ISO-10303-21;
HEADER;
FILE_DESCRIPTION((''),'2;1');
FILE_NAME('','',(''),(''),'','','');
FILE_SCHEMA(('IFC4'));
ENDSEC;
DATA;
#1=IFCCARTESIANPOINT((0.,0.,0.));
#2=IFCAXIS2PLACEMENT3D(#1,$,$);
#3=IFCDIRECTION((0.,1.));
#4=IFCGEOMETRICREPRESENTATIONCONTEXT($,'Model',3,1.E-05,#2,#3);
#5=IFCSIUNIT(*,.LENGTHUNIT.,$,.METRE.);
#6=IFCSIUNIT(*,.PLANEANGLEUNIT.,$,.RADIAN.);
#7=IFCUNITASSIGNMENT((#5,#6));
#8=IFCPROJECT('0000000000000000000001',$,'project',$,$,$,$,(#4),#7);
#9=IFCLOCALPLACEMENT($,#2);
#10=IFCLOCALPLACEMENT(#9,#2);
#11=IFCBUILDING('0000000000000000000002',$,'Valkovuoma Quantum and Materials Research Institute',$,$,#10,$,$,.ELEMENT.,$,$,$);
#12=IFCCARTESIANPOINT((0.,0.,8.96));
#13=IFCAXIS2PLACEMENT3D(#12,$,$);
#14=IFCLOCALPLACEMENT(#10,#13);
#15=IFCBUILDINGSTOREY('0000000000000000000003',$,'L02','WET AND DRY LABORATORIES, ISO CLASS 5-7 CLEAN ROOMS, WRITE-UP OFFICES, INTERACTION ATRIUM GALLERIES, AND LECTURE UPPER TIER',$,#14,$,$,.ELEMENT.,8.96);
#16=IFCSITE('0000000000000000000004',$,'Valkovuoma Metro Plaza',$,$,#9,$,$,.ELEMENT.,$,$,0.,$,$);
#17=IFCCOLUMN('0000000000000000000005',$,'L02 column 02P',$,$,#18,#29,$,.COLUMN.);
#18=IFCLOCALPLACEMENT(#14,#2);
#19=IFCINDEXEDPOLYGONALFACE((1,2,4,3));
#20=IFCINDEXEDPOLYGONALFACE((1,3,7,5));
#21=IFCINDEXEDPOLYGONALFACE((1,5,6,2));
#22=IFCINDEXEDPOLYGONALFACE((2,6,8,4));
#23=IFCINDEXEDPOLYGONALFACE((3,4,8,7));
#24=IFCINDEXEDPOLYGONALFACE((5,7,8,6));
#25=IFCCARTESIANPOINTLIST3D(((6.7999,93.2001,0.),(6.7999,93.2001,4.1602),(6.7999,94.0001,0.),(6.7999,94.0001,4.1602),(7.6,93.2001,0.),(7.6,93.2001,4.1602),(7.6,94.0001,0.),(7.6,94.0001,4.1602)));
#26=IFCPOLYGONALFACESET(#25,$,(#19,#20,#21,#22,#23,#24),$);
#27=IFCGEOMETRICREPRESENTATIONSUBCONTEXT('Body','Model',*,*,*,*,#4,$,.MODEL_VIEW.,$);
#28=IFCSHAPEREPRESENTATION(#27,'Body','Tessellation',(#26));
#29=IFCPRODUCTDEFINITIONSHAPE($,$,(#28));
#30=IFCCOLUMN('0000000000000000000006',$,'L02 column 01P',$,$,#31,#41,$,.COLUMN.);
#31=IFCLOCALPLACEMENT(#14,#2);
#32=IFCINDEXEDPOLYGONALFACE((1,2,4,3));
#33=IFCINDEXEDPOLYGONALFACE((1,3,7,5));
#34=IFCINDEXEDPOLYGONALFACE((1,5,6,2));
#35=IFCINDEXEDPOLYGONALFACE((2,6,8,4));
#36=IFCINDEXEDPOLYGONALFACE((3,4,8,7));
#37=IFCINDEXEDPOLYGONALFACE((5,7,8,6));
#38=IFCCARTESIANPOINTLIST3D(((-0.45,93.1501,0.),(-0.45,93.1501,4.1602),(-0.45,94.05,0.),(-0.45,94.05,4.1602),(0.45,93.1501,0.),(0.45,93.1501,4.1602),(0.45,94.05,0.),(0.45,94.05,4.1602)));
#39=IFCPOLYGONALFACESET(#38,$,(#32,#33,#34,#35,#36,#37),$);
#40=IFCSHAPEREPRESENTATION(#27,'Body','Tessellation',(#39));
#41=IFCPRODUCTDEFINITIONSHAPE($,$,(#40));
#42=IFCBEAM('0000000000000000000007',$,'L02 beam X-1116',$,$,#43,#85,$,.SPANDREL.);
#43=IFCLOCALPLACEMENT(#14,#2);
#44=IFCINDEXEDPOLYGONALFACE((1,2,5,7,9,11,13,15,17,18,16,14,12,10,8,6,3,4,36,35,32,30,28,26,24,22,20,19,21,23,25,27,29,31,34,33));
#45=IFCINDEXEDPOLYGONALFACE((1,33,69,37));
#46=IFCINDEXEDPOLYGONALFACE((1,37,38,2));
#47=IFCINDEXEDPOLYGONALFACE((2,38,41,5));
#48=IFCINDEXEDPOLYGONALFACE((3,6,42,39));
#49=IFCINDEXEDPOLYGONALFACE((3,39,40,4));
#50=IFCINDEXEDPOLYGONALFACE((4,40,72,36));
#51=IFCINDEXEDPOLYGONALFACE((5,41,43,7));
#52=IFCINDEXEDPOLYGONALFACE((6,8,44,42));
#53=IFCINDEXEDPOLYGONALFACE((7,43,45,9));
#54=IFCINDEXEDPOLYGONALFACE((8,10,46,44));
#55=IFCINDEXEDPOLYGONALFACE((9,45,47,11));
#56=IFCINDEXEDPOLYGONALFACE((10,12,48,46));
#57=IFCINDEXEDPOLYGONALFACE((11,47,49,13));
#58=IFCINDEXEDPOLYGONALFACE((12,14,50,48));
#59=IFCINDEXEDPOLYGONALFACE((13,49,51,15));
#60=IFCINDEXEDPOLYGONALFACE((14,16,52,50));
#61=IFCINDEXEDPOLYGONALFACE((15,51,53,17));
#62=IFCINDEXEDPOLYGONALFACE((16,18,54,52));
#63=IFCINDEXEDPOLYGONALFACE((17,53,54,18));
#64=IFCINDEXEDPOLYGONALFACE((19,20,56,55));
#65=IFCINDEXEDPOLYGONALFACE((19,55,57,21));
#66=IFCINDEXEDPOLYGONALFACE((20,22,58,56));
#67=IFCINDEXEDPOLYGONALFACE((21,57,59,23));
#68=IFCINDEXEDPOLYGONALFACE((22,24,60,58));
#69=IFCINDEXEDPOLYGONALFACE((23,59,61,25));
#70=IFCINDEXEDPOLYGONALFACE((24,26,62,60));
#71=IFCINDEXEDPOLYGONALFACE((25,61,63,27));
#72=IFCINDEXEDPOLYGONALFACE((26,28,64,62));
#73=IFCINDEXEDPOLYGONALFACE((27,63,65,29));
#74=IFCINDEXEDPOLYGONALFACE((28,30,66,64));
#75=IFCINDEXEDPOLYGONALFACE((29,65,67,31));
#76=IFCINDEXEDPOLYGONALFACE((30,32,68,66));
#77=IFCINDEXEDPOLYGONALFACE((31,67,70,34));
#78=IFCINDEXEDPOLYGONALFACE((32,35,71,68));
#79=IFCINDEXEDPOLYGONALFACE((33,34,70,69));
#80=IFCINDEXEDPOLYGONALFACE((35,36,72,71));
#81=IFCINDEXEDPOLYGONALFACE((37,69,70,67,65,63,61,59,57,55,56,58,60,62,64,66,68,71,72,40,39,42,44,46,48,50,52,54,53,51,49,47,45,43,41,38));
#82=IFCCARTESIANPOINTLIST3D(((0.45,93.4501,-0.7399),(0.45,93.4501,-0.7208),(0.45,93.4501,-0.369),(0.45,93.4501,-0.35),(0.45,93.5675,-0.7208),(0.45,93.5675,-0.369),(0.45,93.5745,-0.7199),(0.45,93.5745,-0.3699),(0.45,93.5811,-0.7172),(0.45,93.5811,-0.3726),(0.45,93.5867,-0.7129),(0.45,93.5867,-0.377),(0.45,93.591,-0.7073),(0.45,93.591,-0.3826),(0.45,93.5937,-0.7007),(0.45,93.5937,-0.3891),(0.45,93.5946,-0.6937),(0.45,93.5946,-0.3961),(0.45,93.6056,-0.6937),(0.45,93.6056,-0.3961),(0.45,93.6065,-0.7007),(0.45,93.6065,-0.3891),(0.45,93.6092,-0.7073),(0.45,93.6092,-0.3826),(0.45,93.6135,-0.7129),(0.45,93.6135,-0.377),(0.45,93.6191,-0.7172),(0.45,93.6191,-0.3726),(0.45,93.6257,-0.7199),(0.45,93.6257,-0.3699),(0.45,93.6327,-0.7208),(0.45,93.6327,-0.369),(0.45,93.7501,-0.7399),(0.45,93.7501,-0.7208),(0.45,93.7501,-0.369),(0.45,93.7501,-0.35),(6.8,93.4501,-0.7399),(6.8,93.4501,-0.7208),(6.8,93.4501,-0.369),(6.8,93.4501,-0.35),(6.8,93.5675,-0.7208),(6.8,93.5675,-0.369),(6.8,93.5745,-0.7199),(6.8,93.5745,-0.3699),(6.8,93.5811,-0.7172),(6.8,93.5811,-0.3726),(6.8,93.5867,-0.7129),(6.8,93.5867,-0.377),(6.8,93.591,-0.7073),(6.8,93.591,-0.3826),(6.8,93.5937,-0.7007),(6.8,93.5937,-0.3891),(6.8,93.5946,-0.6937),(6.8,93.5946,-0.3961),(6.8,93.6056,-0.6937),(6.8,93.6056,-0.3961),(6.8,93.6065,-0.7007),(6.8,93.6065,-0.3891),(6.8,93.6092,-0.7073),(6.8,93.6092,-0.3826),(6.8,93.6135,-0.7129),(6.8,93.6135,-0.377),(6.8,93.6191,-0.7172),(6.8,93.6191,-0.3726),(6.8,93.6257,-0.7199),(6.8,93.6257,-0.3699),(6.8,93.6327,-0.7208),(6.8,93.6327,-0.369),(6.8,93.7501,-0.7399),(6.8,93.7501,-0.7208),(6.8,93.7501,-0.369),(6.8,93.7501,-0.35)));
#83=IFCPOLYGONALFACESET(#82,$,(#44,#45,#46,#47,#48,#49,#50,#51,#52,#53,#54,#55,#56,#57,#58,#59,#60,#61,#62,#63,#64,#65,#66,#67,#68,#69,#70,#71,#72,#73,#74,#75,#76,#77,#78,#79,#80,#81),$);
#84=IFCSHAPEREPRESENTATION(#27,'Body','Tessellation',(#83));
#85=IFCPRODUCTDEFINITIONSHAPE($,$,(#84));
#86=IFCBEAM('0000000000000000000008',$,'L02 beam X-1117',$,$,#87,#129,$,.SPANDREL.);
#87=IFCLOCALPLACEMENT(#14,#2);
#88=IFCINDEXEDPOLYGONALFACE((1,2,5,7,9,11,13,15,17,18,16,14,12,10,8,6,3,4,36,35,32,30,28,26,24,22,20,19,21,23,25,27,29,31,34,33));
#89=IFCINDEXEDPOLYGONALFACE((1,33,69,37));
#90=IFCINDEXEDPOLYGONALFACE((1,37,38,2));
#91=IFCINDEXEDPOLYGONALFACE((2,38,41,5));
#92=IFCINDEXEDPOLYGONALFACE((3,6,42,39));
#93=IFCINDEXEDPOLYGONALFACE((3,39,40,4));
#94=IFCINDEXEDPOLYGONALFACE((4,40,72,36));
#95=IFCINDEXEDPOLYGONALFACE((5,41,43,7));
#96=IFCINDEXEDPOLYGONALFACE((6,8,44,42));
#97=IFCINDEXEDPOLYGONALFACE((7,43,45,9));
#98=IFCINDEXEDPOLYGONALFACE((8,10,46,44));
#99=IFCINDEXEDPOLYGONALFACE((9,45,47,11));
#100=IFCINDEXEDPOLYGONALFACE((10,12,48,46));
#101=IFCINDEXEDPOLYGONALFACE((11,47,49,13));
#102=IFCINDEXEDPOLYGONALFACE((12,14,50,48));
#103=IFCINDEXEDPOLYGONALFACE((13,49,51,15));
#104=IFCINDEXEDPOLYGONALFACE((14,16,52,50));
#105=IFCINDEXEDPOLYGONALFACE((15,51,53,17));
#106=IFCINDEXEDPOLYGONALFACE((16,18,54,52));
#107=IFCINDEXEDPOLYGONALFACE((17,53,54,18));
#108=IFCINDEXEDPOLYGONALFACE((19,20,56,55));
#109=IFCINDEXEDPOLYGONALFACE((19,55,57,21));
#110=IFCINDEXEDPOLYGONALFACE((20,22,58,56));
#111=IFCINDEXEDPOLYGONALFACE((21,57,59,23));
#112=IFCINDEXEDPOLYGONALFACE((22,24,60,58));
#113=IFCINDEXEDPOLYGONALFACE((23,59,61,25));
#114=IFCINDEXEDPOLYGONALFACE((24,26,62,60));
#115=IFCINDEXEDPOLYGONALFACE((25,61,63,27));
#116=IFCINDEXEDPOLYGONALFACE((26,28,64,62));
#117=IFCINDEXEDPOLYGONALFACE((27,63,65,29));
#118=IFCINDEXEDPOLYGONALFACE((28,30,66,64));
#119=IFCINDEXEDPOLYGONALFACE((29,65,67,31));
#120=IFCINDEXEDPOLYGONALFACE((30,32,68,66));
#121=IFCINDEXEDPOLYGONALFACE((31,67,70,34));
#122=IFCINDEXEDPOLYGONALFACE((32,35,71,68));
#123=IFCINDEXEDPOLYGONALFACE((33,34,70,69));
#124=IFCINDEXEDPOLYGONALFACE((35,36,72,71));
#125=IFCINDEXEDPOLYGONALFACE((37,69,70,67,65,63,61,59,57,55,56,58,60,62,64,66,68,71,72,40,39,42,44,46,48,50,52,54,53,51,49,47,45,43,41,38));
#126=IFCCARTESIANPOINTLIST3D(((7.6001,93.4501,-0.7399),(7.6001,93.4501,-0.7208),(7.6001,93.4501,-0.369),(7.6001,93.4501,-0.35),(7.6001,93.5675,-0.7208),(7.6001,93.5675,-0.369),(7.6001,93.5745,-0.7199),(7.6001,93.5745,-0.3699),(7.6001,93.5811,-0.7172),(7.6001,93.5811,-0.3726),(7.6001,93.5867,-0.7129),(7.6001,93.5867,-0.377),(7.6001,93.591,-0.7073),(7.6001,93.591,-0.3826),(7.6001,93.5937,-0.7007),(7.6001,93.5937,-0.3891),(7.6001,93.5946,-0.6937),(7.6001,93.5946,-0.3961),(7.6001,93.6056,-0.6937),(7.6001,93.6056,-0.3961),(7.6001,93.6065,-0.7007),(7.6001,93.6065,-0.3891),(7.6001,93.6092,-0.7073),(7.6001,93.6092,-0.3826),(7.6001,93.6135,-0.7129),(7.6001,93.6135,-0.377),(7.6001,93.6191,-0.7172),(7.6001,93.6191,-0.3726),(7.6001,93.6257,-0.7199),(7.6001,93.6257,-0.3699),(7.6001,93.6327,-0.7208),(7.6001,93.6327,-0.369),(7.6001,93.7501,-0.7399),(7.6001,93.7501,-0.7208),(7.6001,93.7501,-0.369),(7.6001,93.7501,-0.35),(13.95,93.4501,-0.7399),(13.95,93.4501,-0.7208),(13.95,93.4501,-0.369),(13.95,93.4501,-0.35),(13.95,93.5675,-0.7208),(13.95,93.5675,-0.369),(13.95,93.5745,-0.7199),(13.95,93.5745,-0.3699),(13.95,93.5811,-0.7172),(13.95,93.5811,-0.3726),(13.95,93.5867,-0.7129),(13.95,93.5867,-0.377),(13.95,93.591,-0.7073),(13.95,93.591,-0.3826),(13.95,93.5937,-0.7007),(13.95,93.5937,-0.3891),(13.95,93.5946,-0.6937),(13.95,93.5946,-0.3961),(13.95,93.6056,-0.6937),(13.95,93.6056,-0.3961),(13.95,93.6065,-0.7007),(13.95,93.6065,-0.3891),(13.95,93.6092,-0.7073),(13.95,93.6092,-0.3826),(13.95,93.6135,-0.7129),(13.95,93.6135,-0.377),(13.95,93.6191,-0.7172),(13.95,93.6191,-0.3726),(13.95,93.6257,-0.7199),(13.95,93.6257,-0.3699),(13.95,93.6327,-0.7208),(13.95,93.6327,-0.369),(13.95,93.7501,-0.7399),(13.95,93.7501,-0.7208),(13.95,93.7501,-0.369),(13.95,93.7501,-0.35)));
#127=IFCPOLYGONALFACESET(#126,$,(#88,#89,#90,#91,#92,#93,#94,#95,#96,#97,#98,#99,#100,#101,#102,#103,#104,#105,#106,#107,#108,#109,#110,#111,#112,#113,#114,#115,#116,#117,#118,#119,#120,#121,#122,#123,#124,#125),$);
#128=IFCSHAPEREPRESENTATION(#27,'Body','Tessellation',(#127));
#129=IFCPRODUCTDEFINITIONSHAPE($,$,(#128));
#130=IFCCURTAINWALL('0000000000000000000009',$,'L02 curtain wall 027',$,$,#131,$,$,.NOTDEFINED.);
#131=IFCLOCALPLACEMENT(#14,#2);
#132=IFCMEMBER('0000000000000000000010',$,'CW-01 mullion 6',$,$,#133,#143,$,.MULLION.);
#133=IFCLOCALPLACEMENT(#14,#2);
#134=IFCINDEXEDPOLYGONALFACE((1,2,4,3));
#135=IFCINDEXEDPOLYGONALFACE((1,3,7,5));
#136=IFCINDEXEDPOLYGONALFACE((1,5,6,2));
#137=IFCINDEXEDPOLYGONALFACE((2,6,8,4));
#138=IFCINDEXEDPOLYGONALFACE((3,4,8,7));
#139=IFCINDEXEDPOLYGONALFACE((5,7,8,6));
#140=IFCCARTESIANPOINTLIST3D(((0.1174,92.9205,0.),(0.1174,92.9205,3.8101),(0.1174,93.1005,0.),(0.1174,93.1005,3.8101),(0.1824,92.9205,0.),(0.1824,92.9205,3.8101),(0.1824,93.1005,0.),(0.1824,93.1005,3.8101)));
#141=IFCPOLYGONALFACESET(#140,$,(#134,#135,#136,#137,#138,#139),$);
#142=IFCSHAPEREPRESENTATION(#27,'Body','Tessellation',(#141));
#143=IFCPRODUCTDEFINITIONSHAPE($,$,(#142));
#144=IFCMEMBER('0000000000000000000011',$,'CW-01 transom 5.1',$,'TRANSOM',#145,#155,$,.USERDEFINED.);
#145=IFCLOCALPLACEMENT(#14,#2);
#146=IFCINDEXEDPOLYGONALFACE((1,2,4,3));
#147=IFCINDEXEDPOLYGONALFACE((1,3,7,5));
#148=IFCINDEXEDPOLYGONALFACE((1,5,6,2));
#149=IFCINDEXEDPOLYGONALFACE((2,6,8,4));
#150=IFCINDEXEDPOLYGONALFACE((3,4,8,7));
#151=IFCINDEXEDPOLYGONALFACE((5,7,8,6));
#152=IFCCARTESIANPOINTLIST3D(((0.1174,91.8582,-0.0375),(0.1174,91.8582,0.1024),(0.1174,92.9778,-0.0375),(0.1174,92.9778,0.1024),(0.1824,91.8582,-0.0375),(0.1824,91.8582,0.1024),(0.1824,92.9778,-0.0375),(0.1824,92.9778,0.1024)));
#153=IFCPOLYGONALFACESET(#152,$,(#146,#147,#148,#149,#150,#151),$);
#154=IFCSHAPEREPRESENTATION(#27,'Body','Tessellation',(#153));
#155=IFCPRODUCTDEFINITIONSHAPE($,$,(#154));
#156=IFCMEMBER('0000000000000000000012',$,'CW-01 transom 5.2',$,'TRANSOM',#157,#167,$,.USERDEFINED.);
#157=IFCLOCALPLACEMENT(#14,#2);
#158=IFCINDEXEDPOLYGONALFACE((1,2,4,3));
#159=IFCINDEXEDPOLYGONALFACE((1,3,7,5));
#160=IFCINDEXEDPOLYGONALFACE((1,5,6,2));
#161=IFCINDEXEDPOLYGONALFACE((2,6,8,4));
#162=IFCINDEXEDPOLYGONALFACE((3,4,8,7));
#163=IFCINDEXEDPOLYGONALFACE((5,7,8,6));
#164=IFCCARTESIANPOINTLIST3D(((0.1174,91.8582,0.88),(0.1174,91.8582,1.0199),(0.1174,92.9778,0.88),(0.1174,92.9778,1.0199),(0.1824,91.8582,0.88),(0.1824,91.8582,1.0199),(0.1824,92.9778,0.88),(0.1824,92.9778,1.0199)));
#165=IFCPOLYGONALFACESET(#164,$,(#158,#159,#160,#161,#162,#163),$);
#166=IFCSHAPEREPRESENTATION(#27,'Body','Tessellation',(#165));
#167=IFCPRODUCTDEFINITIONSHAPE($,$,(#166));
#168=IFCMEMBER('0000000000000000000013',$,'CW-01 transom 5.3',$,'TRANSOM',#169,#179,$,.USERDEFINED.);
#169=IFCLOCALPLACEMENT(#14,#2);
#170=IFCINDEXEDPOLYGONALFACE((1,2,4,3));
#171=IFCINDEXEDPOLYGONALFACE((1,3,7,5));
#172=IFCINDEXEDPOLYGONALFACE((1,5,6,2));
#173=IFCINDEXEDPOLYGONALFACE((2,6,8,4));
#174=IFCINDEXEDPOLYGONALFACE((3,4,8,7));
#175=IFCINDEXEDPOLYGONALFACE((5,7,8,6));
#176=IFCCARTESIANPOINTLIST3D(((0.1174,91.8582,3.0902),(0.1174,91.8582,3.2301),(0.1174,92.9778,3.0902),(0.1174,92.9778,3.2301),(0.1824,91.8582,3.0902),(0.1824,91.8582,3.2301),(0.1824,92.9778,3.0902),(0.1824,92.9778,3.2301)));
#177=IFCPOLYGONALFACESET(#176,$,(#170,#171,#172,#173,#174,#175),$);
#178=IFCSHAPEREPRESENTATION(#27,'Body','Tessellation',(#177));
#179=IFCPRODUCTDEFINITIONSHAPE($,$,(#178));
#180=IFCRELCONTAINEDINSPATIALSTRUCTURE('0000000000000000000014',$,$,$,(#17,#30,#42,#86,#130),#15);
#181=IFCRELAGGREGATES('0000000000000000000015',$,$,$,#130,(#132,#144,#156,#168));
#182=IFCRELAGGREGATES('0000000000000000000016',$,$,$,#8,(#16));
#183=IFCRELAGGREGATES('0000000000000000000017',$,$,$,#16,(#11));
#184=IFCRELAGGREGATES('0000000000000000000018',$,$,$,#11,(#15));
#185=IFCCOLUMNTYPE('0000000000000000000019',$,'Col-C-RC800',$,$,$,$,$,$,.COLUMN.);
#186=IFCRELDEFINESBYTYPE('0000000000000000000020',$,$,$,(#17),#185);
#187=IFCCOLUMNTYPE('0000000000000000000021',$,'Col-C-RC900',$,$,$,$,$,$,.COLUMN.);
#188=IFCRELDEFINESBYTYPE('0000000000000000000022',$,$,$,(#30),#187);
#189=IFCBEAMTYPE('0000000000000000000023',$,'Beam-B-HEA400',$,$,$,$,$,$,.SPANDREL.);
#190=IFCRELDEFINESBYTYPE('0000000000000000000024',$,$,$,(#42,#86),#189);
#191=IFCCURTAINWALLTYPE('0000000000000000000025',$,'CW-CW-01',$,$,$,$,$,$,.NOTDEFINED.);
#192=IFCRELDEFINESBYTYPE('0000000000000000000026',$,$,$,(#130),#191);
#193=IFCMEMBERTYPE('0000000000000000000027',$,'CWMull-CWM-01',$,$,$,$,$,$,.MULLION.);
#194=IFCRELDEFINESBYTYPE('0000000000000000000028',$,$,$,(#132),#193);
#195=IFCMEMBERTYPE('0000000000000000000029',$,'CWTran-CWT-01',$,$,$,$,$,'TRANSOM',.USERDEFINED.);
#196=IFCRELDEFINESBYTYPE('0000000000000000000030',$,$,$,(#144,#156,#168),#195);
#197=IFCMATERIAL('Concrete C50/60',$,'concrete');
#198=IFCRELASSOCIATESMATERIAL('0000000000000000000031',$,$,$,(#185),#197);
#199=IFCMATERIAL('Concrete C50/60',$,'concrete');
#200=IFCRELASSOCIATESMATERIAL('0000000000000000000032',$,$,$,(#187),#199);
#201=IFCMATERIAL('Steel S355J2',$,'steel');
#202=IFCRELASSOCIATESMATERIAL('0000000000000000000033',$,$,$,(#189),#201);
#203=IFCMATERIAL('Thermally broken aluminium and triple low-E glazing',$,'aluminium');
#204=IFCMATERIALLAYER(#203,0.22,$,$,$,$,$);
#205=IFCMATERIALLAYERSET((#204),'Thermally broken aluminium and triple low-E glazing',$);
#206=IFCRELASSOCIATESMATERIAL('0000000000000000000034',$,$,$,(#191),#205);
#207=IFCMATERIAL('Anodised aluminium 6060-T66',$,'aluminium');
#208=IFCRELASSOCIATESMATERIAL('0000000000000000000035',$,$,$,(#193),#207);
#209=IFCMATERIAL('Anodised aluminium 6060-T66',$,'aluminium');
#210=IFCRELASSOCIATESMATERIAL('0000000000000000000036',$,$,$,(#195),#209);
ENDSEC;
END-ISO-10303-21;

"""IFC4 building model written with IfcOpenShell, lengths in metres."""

from ifc_helpers import new_model, si_unit, direction, frame, origin, origin_2d, place, context, subcontext, project, spatial, rectangle, i_section, extrude, material, layer, layer_set, material_profile, profile_set, type_object, element, aggregate, save


model = new_model("IFC4")

# Units and contexts
model_context = context("Model", 3, precision=1e-05, world=origin(), true_north=direction((0.0, 1.0)))
body_context = subcontext(model_context, "Body", "Model", "MODEL_VIEW")
ifc_project = project(units=[si_unit("LENGTHUNIT", "METRE"), si_unit("PLANEANGLEUNIT", "RADIAN")], contexts=[model_context])

# Site, building, storey
site_placement = place(None, origin())
site = spatial("IfcSite", under=ifc_project, at=site_placement, Name="Valkovuoma Metro Plaza", CompositionType="ELEMENT", RefElevation=0.0)
building_placement = place(site_placement, origin())
building = spatial("IfcBuilding", under=site, at=building_placement, Name="Valkovuoma Quantum and Materials Research Institute", CompositionType="ELEMENT")
storey_placement = place(building_placement, frame((0.0, 0.0, 8.96)))
storey = spatial("IfcBuildingStorey", under=building, at=storey_placement, Name="L02", Description="WET AND DRY LABORATORIES, ISO CLASS 5-7 CLEAN ROOMS, WRITE-UP OFFICES, INTERACTION ATRIUM GALLERIES, AND LECTURE UPPER TIER", CompositionType="ELEMENT", Elevation=8.96)

# Columns
ifc_material_1 = material(Name="Concrete C50/60", Category="concrete")
ifc_material_profile_1 = material_profile(ifc_material_1, rectangle(XDim=0.8, YDim=0.8, at=origin_2d()), Name="Concrete C50/60")
ifc_profile_set_1 = profile_set([ifc_material_profile_1], Name="Concrete C50/60")
column_type_1 = type_object("IfcColumnType", Name="Col-C-RC800", PredefinedType="COLUMN", material=ifc_profile_set_1)
column_1_placement = place(storey_placement, frame((7.2, 93.6001, 0.0), z_axis=(0.0, 0.0, 1.0), x_axis=(1.0, 0.0, 0.0)))
element("IfcColumn", 1, at=column_1_placement, inside=storey, type_object=column_type_1, Name="L02 column 02P", PredefinedType="COLUMN", context=body_context, shape_type="SweptSolid", body=[
    extrude(rectangle(XDim=0.8, YDim=0.8, at=origin_2d()), origin(), (0.0, 0.0, 1.0), 4.1602),
])
ifc_material_2 = material(Name="Concrete C50/60", Category="concrete")
ifc_material_profile_2 = material_profile(ifc_material_2, rectangle(XDim=0.8999, YDim=0.8999, at=origin_2d()), Name="Concrete C50/60")
ifc_profile_set_2 = profile_set([ifc_material_profile_2], Name="Concrete C50/60")
column_type_2 = type_object("IfcColumnType", Name="Col-C-RC900", PredefinedType="COLUMN", material=ifc_profile_set_2)
column_2_placement = place(storey_placement, frame((0.0, 93.6001, 0.0), z_axis=(0.0, 0.0, 1.0), x_axis=(1.0, 0.0, 0.0)))
element("IfcColumn", 2, at=column_2_placement, inside=storey, type_object=column_type_2, Name="L02 column 01P", PredefinedType="COLUMN", context=body_context, shape_type="SweptSolid", body=[
    extrude(rectangle(XDim=0.8999, YDim=0.8999, at=origin_2d()), origin(), (0.0, 0.0, 1.0), 4.1602),
])

# Beams
ifc_material_3 = material(Name="Steel S355J2", Category="steel")
ifc_material_profile_3 = material_profile(ifc_material_3, i_section(OverallWidth=0.3, OverallDepth=0.3899, WebThickness=0.011, FlangeThickness=0.019, FilletRadius=0.0271, at=origin_2d()), Name="Steel S355J2")
ifc_profile_set_3 = profile_set([ifc_material_profile_3], Name="Steel S355J2")
beam_type = type_object("IfcBeamType", Name="Beam-B-HEA400", PredefinedType="SPANDREL", material=ifc_profile_set_3)
beam_1_placement = place(storey_placement, frame((0.45, 93.6001, -0.5449), z_axis=(1.0, 0.0, 0.0), x_axis=(0.0, 1.0, 0.0)))
element("IfcBeam", 3, at=beam_1_placement, inside=storey, type_object=beam_type, Name="L02 beam X-1116", PredefinedType="SPANDREL", context=body_context, shape_type="SweptSolid", body=[
    extrude(i_section(OverallWidth=0.3, OverallDepth=0.3899, WebThickness=0.011, FlangeThickness=0.019, FilletRadius=0.0271, at=origin_2d()), origin(), (0.0, 0.0, 1.0), 6.3501),
])
beam_2_placement = place(storey_placement, frame((7.6001, 93.6001, -0.5449), z_axis=(1.0, 0.0, 0.0), x_axis=(0.0, 1.0, 0.0)))
element("IfcBeam", 4, at=beam_2_placement, inside=storey, type_object=beam_type, Name="L02 beam X-1117", PredefinedType="SPANDREL", context=body_context, shape_type="SweptSolid", body=[
    extrude(i_section(OverallWidth=0.3, OverallDepth=0.3899, WebThickness=0.011, FlangeThickness=0.019, FilletRadius=0.0271, at=origin_2d()), origin(), (0.0, 0.0, 1.0), 6.3499),
])

# Curtain wall, members
ifc_material_4 = material(Name="Thermally broken aluminium and triple low-E glazing", Category="aluminium")
ifc_layer_1 = layer(ifc_material_4, 0.22)
ifc_layer_set_1 = layer_set([ifc_layer_1], Name="Thermally broken aluminium and triple low-E glazing")
curtain_wall_type = type_object("IfcCurtainWallType", Name="CW-CW-01", PredefinedType="NOTDEFINED", material=ifc_layer_set_1)
curtain_wall_placement = place(storey_placement, origin())
curtain_wall = element("IfcCurtainWall", 5, at=curtain_wall_placement, inside=storey, type_object=curtain_wall_type, Name="L02 curtain wall 027", PredefinedType="NOTDEFINED")
ifc_material_5 = material(Name="Anodised aluminium 6060-T66", Category="aluminium")
ifc_material_profile_4 = material_profile(ifc_material_5, rectangle(XDim=0.0649, YDim=0.1799, at=origin_2d()), Name="Anodised aluminium 6060-T66")
ifc_profile_set_4 = profile_set([ifc_material_profile_4], Name="Anodised aluminium 6060-T66")
member_type_1 = type_object("IfcMemberType", Name="CWMull-CWM-01", PredefinedType="MULLION", material=ifc_profile_set_4)
member_1_placement = place(storey_placement, frame((0.1499, 93.0105, 0.0), z_axis=(0.0, 0.0, 1.0), x_axis=(-1.0, 0.0, 0.0)))
member_1 = element("IfcMember", 6, at=member_1_placement, type_object=member_type_1, Name="CW-01 mullion 6", PredefinedType="MULLION", context=body_context, shape_type="SweptSolid", body=[
    extrude(rectangle(XDim=0.0649, YDim=0.1799, at=origin_2d()), origin(), (0.0, 0.0, 1.0), 3.8101),
])
ifc_material_6 = material(Name="Anodised aluminium 6060-T66", Category="aluminium")
ifc_material_profile_5 = material_profile(ifc_material_6, rectangle(XDim=0.0649, YDim=0.1399, at=origin_2d()), Name="Anodised aluminium 6060-T66")
ifc_profile_set_5 = profile_set([ifc_material_profile_5], Name="Anodised aluminium 6060-T66")
member_type_2 = type_object("IfcMemberType", Name="CWTran-CWT-01", ElementType="TRANSOM", PredefinedType="USERDEFINED", material=ifc_profile_set_5)
member_2_placement = place(storey_placement, frame((0.1499, 91.8582, 0.0325), z_axis=(0.0, 1.0, 0.0), x_axis=(-1.0, 0.0, 0.0)))
member_2 = element("IfcMember", 7, at=member_2_placement, type_object=member_type_2, Name="CW-01 transom 5.1", ObjectType="TRANSOM", PredefinedType="USERDEFINED", context=body_context, shape_type="SweptSolid", body=[
    extrude(rectangle(XDim=0.0649, YDim=0.1399, at=origin_2d()), origin(), (0.0, 0.0, 1.0), 1.1196),
])
member_3_placement = place(storey_placement, frame((0.1499, 91.8582, 0.95), z_axis=(0.0, 1.0, 0.0), x_axis=(-1.0, 0.0, 0.0)))
member_3 = element("IfcMember", 8, at=member_3_placement, type_object=member_type_2, Name="CW-01 transom 5.2", ObjectType="TRANSOM", PredefinedType="USERDEFINED", context=body_context, shape_type="SweptSolid", body=[
    extrude(rectangle(XDim=0.0649, YDim=0.1399, at=origin_2d()), origin(), (0.0, 0.0, 1.0), 1.1196),
])
member_4_placement = place(storey_placement, frame((0.1499, 91.8582, 3.1602), z_axis=(0.0, 1.0, 0.0), x_axis=(-1.0, 0.0, 0.0)))
member_4 = element("IfcMember", 9, at=member_4_placement, type_object=member_type_2, Name="CW-01 transom 5.3", ObjectType="TRANSOM", PredefinedType="USERDEFINED", context=body_context, shape_type="SweptSolid", body=[
    extrude(rectangle(XDim=0.0649, YDim=0.1399, at=origin_2d()), origin(), (0.0, 0.0, 1.0), 1.1196),
])
aggregate(curtain_wall, [member_1, member_2, member_3, member_4])

save(model, "model.ifc")
